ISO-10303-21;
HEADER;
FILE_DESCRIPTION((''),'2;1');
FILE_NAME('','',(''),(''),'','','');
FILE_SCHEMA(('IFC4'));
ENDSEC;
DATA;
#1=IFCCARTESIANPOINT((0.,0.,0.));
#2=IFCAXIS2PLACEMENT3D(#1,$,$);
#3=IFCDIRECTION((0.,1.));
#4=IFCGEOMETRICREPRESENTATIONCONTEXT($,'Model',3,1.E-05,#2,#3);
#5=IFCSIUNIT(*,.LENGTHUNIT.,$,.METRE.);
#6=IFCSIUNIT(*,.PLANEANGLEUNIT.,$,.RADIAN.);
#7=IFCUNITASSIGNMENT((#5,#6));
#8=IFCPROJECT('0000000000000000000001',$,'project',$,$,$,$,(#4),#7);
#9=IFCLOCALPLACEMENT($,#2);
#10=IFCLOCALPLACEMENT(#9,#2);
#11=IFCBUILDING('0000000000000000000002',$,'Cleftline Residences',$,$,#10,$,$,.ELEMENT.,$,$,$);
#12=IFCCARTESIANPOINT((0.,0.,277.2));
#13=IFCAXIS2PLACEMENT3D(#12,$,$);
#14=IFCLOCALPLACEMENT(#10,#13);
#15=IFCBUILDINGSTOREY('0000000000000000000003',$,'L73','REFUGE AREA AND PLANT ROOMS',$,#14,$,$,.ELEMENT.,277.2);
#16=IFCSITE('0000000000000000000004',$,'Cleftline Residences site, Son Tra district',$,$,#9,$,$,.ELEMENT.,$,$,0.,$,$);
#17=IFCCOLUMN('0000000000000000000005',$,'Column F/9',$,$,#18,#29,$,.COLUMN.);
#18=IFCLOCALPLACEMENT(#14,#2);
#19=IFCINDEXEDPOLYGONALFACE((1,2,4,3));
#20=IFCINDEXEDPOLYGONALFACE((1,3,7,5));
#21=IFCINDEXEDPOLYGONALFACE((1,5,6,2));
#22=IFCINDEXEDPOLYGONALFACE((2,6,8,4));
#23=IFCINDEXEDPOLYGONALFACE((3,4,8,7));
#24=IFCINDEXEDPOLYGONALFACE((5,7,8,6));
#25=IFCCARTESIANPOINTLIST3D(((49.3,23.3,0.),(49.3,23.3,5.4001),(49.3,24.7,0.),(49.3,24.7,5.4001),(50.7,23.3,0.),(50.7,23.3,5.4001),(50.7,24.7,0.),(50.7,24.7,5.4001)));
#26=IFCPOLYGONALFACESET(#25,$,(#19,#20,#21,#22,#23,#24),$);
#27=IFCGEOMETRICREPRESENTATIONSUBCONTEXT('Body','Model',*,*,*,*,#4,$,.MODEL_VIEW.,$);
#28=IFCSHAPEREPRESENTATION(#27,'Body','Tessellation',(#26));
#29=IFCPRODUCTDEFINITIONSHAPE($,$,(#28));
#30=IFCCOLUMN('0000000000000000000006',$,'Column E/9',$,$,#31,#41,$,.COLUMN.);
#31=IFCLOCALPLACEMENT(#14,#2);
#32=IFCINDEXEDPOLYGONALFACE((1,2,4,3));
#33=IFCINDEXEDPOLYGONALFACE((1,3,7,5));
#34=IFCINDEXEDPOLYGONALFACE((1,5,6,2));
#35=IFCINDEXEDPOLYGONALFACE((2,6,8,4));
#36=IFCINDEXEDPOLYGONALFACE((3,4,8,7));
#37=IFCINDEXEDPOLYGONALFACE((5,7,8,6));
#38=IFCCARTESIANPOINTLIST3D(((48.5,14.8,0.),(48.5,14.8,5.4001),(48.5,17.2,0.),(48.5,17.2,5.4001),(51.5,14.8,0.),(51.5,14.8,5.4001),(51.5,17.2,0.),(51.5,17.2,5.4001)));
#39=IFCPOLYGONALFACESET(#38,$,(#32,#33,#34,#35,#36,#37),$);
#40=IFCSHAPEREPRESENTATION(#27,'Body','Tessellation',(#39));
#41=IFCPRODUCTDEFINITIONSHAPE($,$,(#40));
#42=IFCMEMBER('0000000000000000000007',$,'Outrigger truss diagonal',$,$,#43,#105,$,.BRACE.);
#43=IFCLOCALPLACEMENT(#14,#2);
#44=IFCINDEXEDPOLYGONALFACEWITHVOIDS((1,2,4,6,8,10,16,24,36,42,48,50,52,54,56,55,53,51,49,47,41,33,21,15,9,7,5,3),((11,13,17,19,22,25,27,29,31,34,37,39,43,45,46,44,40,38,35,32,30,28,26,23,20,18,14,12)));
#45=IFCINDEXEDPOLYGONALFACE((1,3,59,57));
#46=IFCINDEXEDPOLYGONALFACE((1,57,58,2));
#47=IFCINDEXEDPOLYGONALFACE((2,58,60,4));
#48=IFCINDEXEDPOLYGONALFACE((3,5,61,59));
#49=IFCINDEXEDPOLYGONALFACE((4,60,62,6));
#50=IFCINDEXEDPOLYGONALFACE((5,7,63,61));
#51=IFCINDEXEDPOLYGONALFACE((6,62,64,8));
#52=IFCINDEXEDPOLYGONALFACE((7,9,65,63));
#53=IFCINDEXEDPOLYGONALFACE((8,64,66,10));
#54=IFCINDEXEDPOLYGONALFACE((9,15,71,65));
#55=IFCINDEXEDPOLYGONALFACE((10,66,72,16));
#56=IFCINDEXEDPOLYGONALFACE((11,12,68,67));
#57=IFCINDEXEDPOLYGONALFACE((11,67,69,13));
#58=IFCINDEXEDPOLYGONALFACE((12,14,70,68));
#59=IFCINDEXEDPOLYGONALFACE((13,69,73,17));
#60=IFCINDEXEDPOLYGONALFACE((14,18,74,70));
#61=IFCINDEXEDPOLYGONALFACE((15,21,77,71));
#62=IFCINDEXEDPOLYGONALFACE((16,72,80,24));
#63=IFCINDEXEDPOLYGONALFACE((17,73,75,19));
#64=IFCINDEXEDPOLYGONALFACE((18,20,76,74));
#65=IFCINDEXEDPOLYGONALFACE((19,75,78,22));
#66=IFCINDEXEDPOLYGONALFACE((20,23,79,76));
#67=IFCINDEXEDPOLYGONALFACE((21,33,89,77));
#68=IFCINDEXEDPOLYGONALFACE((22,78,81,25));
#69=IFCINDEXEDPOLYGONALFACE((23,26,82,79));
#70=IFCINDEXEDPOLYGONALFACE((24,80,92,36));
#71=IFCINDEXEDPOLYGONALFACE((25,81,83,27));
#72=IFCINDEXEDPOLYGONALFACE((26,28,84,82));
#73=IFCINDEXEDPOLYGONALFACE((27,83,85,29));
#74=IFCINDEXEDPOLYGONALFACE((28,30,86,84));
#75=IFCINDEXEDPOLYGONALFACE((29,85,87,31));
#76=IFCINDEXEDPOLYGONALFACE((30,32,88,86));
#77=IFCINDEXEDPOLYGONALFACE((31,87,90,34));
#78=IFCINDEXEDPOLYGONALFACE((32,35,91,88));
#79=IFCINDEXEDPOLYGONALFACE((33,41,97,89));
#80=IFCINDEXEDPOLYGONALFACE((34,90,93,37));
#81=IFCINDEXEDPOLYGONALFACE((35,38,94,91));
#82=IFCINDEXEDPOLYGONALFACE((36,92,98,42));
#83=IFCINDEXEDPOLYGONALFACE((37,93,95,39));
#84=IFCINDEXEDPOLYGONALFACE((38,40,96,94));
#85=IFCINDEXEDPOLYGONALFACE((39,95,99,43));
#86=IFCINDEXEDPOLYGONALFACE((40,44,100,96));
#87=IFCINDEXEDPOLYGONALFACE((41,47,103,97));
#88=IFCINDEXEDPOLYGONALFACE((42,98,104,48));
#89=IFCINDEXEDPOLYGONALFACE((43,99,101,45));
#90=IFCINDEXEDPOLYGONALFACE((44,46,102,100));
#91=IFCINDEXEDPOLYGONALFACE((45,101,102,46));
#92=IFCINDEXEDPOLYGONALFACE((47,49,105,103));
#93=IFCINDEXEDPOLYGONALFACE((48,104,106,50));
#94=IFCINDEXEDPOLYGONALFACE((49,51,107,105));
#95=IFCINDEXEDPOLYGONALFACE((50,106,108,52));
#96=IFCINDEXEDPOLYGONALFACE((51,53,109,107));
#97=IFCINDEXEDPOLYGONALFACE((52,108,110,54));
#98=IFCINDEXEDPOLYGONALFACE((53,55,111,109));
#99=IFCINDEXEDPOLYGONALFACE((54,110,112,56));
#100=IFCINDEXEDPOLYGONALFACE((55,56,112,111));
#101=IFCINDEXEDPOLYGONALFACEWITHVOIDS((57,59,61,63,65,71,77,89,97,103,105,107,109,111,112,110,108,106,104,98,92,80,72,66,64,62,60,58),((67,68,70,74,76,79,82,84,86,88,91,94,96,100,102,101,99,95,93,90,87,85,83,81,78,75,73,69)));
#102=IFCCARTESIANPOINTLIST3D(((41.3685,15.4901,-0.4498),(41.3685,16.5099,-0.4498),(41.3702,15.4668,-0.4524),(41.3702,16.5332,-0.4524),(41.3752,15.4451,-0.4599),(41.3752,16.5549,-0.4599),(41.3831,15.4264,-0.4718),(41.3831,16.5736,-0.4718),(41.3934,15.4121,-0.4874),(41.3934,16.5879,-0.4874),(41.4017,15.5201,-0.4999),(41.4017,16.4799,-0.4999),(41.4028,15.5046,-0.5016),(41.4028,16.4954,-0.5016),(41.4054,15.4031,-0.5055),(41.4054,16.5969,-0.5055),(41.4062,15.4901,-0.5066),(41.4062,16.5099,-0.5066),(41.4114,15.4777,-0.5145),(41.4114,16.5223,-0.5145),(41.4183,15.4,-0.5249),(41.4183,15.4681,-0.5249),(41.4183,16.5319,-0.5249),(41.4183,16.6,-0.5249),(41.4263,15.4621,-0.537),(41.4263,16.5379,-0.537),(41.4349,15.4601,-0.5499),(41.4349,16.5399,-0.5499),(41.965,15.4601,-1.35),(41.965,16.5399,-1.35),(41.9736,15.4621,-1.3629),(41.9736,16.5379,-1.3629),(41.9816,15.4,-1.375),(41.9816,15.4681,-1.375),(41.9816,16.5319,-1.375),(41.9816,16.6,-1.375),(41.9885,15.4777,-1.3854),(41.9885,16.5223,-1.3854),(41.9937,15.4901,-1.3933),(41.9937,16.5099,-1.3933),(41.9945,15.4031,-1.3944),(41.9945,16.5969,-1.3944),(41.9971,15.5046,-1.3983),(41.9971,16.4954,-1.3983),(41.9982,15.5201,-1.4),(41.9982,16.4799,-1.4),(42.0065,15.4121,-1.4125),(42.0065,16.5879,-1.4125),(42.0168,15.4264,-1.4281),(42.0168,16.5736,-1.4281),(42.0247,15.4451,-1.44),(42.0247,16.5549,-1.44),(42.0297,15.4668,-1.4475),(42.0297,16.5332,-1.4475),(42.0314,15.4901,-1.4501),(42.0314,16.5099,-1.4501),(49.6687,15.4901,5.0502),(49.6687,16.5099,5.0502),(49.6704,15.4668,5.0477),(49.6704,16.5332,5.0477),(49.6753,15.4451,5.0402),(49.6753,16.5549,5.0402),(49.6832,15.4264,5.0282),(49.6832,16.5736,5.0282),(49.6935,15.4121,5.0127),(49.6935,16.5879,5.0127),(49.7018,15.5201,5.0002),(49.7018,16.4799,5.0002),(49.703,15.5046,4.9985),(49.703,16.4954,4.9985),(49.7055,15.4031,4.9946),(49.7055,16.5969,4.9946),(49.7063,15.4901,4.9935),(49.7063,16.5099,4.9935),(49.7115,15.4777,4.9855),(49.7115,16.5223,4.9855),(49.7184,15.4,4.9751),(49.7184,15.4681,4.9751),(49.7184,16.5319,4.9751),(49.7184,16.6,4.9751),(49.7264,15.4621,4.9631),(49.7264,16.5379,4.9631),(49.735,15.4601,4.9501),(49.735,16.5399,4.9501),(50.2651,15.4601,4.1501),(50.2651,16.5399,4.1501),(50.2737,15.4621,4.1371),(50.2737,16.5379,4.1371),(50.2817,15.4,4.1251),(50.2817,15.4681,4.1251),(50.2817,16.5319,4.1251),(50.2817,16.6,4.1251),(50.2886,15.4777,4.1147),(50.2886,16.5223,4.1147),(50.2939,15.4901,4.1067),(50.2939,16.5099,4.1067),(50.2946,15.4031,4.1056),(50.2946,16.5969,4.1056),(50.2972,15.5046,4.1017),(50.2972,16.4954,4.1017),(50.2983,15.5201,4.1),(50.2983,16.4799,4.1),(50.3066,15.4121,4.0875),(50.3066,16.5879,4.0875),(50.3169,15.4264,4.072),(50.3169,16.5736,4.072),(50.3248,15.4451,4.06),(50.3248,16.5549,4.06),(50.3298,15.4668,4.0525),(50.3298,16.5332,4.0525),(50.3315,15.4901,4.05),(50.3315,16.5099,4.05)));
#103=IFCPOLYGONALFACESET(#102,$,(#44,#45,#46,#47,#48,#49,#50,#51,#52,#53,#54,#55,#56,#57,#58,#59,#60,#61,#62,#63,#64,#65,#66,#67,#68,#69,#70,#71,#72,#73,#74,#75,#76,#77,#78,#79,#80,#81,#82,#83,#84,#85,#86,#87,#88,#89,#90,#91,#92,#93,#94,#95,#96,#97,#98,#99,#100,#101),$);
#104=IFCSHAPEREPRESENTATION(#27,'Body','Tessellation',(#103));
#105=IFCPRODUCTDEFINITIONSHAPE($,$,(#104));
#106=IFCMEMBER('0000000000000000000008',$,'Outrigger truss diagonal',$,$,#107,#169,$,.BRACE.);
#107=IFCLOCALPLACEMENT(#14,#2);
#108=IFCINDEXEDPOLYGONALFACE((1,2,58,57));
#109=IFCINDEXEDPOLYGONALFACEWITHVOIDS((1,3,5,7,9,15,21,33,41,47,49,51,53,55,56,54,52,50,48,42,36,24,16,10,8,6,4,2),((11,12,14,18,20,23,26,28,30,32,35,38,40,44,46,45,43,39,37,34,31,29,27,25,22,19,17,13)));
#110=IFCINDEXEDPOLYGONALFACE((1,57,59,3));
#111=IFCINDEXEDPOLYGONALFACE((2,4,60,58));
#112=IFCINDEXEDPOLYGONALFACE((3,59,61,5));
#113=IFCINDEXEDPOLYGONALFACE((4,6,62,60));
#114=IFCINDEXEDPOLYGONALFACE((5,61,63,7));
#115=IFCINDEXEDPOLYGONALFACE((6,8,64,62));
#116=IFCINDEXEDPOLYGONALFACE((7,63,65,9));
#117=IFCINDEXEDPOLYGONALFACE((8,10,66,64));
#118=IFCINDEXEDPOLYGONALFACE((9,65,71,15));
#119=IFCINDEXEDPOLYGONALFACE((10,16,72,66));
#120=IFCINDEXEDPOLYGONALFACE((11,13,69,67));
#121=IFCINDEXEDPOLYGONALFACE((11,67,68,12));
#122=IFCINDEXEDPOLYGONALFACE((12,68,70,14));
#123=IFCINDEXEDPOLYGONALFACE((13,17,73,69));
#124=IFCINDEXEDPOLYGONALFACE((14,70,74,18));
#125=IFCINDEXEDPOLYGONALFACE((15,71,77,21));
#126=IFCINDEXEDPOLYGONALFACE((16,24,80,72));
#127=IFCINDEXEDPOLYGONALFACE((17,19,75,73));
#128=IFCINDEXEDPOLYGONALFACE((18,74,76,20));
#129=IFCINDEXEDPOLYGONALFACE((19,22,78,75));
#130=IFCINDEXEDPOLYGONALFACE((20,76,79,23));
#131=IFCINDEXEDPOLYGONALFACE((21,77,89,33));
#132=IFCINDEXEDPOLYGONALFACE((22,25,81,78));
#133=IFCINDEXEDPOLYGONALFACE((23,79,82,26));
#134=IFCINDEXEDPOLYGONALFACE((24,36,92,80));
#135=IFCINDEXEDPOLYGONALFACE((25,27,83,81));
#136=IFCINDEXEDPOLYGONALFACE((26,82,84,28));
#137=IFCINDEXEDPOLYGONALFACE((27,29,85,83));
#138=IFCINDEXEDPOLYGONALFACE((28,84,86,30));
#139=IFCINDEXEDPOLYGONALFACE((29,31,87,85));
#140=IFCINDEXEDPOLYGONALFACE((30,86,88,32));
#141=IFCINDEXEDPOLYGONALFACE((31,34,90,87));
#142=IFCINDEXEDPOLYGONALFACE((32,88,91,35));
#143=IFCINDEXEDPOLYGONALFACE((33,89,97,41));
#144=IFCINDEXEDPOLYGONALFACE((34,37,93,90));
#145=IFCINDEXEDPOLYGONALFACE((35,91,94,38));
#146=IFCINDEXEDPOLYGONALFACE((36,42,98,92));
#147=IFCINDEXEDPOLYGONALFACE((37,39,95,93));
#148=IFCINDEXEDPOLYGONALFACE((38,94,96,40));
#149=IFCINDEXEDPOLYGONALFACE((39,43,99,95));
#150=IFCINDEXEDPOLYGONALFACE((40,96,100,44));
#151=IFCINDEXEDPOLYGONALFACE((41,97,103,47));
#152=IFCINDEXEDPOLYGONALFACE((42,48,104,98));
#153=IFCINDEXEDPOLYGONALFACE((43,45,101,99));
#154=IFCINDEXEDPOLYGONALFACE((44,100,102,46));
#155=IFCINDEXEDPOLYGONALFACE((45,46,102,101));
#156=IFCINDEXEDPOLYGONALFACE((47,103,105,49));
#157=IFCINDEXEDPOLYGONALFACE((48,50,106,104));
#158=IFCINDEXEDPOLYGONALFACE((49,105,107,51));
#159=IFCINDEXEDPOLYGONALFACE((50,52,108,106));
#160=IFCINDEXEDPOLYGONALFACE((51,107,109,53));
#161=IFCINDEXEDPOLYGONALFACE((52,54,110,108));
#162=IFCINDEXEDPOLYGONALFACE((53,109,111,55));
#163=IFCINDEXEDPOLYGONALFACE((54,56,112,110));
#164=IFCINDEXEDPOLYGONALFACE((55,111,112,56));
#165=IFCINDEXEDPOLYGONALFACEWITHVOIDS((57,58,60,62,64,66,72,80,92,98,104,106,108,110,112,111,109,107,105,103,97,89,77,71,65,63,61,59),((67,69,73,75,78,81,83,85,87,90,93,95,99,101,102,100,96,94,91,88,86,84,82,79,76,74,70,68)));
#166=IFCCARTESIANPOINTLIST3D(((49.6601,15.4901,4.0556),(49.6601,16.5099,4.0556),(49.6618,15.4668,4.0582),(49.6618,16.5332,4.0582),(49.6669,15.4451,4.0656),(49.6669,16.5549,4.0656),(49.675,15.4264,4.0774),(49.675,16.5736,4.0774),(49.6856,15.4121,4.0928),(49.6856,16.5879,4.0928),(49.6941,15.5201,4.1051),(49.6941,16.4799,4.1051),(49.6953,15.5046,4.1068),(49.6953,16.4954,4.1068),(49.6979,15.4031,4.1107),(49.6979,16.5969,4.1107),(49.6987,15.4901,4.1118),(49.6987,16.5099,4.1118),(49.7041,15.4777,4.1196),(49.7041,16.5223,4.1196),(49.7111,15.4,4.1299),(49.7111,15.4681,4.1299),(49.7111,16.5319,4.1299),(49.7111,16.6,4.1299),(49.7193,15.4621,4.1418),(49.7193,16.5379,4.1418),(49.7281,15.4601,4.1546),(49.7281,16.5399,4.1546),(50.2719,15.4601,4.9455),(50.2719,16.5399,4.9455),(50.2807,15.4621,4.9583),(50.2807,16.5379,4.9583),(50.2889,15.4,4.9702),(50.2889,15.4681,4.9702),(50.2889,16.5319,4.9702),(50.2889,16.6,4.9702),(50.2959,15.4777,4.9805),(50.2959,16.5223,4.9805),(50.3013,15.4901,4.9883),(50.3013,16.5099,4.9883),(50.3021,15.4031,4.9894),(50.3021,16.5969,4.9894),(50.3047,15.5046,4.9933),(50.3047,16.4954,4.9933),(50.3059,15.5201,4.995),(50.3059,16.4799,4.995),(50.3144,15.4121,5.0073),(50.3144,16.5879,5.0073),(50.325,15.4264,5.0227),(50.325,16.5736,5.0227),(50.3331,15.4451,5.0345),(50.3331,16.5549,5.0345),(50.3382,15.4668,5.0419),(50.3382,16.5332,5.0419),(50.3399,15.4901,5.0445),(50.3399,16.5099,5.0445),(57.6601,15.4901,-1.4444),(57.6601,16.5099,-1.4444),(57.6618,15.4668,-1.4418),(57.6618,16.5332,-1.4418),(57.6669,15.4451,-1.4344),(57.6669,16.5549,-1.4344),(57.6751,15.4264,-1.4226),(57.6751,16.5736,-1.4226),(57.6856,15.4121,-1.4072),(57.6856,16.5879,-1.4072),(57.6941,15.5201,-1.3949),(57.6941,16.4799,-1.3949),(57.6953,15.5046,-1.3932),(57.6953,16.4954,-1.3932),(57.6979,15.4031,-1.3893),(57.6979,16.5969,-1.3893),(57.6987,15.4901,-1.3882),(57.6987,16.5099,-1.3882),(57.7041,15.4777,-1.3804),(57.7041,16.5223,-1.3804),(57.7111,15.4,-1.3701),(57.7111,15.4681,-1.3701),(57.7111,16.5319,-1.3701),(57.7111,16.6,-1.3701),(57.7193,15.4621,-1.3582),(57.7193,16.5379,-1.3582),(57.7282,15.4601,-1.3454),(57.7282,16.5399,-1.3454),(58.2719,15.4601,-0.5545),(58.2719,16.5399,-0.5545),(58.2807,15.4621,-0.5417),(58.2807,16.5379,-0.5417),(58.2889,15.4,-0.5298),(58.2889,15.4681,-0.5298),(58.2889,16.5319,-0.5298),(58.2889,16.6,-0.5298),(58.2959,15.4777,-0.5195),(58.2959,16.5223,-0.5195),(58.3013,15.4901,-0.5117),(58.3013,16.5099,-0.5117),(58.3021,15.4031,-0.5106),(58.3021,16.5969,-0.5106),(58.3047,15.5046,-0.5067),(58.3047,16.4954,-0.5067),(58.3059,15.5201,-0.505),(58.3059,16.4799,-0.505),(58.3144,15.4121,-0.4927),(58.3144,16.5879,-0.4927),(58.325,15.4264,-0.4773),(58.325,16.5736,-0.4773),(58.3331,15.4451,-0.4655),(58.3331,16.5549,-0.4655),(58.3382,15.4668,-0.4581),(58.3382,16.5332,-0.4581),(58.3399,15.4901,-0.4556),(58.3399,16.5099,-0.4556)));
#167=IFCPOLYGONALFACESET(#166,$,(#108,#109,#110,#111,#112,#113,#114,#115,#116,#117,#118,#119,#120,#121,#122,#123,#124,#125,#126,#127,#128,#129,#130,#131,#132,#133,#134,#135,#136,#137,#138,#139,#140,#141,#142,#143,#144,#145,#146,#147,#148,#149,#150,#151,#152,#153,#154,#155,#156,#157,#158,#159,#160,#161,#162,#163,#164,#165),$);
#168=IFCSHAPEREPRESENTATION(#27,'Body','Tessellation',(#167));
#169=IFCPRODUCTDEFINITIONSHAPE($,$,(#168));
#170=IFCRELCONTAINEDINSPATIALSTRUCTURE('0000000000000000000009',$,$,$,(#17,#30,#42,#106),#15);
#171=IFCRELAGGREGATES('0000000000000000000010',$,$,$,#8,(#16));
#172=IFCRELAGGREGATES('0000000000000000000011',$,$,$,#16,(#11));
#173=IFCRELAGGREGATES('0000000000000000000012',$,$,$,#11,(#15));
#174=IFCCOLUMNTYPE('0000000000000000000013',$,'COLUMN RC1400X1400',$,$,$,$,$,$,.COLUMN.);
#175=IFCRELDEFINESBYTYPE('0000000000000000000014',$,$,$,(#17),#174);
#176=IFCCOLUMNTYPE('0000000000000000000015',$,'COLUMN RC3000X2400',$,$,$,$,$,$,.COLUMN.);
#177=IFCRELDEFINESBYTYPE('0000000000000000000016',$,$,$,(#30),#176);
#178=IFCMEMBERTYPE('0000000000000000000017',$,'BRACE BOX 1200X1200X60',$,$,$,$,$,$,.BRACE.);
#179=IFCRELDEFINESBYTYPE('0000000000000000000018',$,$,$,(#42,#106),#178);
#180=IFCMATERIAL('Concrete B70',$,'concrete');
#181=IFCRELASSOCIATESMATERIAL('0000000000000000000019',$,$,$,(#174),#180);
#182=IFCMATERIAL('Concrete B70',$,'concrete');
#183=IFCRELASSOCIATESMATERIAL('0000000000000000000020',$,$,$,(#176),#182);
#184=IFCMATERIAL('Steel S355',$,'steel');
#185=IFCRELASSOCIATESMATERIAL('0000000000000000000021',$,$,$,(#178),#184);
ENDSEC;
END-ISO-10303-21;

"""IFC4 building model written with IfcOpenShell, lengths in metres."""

from ifc_helpers import new_model, si_unit, direction, frame, origin, origin_2d, place, context, subcontext, project, spatial, rectangle, hollow_rectangle, extrude, material, material_profile, profile_set, type_object, element, save


model = new_model("IFC4")

# Units and contexts
model_context = context("Model", 3, precision=1e-05, world=origin(), true_north=direction((0.0, 1.0)))
body_context = subcontext(model_context, "Body", "Model", "MODEL_VIEW")
ifc_project = project(units=[si_unit("LENGTHUNIT", "METRE"), si_unit("PLANEANGLEUNIT", "RADIAN")], contexts=[model_context])

# Site, building, storey
site_placement = place(None, origin())
site = spatial("IfcSite", under=ifc_project, at=site_placement, Name="Cleftline Residences site, Son Tra district", CompositionType="ELEMENT", RefElevation=0.0)
building_placement = place(site_placement, origin())
building = spatial("IfcBuilding", under=site, at=building_placement, Name="Cleftline Residences", CompositionType="ELEMENT")
storey_placement = place(building_placement, frame((0.0, 0.0, 277.2)))
storey = spatial("IfcBuildingStorey", under=building, at=storey_placement, Name="L73", Description="REFUGE AREA AND PLANT ROOMS", CompositionType="ELEMENT", Elevation=277.2)

# Columns
ifc_material_1 = material(Name="Concrete B70", Category="concrete")
ifc_material_profile_1 = material_profile(ifc_material_1, rectangle(XDim=1.3999, YDim=1.3999, at=origin_2d()))
ifc_profile_set_1 = profile_set([ifc_material_profile_1], Name="Concrete B70")
column_type_1 = type_object("IfcColumnType", Name="COLUMN RC1400X1400", PredefinedType="COLUMN", material=ifc_profile_set_1)
column_1_placement = place(storey_placement, frame((50.0, 24.0, 0.0), z_axis=(0.0, 0.0, 1.0), x_axis=(1.0, 0.0, 0.0)))
element("IfcColumn", 1, at=column_1_placement, inside=storey, type_object=column_type_1, Name="Column F/9", PredefinedType="COLUMN", context=body_context, shape_type="SweptSolid", body=[
    extrude(rectangle(XDim=1.3999, YDim=1.3999, at=origin_2d()), origin(), (0.0, 0.0, 1.0), 5.4001),
])
ifc_material_2 = material(Name="Concrete B70", Category="concrete")
ifc_material_profile_2 = material_profile(ifc_material_2, rectangle(XDim=3.0, YDim=2.3999, at=origin_2d()))
ifc_profile_set_2 = profile_set([ifc_material_profile_2], Name="Concrete B70")
column_type_2 = type_object("IfcColumnType", Name="COLUMN RC3000X2400", PredefinedType="COLUMN", material=ifc_profile_set_2)
column_2_placement = place(storey_placement, frame((50.0, 16.0, 0.0), z_axis=(0.0, 0.0, 1.0), x_axis=(1.0, 0.0, 0.0)))
element("IfcColumn", 2, at=column_2_placement, inside=storey, type_object=column_type_2, Name="Column E/9", PredefinedType="COLUMN", context=body_context, shape_type="SweptSolid", body=[
    extrude(rectangle(XDim=3.0, YDim=2.3999, at=origin_2d()), origin(), (0.0, 0.0, 1.0), 5.4001),
])

# Members
ifc_material_3 = material(Name="Steel S355", Category="steel")
ifc_material_profile_3 = material_profile(ifc_material_3, hollow_rectangle(XDim=1.2, YDim=1.2, WallThickness=0.0601, InnerFilletRadius=0.0601, OuterFilletRadius=0.0901, at=origin_2d()))
ifc_profile_set_3 = profile_set([ifc_material_profile_3], Name="Steel S355")
member_type_1 = type_object("IfcMemberType", Name="BRACE BOX 1200X1200X60", PredefinedType="BRACE", material=ifc_profile_set_3)
member_1_placement = place(storey_placement, frame((41.7, 16.0, -0.95), z_axis=(0.833594, 0.0, 0.552378), x_axis=(-0.552378, 0.0, 0.833594)))
element("IfcMember", 3, at=member_1_placement, inside=storey, type_object=member_type_1, Name="Outrigger truss diagonal", PredefinedType="BRACE", context=body_context, shape_type="SweptSolid", body=[
    extrude(hollow_rectangle(XDim=1.2, YDim=1.2, WallThickness=0.0601, InnerFilletRadius=0.0601, OuterFilletRadius=0.0901, at=origin_2d()), origin(), (0.0, 0.0, 1.0), 9.957),
])
member_2_placement = place(storey_placement, frame((50.0, 16.0, 4.55), z_axis=(0.824042, 0.0, -0.566529), x_axis=(0.566529, 0.0, 0.824042)))
element("IfcMember", 4, at=member_2_placement, inside=storey, type_object=member_type_1, Name="Outrigger truss diagonal", PredefinedType="BRACE", context=body_context, shape_type="SweptSolid", body=[
    extrude(hollow_rectangle(XDim=1.2, YDim=1.2, WallThickness=0.0601, InnerFilletRadius=0.0601, OuterFilletRadius=0.0901, at=origin_2d()), origin(), (0.0, 0.0, 1.0), 9.7083),
])

save(model, "model.ifc")
